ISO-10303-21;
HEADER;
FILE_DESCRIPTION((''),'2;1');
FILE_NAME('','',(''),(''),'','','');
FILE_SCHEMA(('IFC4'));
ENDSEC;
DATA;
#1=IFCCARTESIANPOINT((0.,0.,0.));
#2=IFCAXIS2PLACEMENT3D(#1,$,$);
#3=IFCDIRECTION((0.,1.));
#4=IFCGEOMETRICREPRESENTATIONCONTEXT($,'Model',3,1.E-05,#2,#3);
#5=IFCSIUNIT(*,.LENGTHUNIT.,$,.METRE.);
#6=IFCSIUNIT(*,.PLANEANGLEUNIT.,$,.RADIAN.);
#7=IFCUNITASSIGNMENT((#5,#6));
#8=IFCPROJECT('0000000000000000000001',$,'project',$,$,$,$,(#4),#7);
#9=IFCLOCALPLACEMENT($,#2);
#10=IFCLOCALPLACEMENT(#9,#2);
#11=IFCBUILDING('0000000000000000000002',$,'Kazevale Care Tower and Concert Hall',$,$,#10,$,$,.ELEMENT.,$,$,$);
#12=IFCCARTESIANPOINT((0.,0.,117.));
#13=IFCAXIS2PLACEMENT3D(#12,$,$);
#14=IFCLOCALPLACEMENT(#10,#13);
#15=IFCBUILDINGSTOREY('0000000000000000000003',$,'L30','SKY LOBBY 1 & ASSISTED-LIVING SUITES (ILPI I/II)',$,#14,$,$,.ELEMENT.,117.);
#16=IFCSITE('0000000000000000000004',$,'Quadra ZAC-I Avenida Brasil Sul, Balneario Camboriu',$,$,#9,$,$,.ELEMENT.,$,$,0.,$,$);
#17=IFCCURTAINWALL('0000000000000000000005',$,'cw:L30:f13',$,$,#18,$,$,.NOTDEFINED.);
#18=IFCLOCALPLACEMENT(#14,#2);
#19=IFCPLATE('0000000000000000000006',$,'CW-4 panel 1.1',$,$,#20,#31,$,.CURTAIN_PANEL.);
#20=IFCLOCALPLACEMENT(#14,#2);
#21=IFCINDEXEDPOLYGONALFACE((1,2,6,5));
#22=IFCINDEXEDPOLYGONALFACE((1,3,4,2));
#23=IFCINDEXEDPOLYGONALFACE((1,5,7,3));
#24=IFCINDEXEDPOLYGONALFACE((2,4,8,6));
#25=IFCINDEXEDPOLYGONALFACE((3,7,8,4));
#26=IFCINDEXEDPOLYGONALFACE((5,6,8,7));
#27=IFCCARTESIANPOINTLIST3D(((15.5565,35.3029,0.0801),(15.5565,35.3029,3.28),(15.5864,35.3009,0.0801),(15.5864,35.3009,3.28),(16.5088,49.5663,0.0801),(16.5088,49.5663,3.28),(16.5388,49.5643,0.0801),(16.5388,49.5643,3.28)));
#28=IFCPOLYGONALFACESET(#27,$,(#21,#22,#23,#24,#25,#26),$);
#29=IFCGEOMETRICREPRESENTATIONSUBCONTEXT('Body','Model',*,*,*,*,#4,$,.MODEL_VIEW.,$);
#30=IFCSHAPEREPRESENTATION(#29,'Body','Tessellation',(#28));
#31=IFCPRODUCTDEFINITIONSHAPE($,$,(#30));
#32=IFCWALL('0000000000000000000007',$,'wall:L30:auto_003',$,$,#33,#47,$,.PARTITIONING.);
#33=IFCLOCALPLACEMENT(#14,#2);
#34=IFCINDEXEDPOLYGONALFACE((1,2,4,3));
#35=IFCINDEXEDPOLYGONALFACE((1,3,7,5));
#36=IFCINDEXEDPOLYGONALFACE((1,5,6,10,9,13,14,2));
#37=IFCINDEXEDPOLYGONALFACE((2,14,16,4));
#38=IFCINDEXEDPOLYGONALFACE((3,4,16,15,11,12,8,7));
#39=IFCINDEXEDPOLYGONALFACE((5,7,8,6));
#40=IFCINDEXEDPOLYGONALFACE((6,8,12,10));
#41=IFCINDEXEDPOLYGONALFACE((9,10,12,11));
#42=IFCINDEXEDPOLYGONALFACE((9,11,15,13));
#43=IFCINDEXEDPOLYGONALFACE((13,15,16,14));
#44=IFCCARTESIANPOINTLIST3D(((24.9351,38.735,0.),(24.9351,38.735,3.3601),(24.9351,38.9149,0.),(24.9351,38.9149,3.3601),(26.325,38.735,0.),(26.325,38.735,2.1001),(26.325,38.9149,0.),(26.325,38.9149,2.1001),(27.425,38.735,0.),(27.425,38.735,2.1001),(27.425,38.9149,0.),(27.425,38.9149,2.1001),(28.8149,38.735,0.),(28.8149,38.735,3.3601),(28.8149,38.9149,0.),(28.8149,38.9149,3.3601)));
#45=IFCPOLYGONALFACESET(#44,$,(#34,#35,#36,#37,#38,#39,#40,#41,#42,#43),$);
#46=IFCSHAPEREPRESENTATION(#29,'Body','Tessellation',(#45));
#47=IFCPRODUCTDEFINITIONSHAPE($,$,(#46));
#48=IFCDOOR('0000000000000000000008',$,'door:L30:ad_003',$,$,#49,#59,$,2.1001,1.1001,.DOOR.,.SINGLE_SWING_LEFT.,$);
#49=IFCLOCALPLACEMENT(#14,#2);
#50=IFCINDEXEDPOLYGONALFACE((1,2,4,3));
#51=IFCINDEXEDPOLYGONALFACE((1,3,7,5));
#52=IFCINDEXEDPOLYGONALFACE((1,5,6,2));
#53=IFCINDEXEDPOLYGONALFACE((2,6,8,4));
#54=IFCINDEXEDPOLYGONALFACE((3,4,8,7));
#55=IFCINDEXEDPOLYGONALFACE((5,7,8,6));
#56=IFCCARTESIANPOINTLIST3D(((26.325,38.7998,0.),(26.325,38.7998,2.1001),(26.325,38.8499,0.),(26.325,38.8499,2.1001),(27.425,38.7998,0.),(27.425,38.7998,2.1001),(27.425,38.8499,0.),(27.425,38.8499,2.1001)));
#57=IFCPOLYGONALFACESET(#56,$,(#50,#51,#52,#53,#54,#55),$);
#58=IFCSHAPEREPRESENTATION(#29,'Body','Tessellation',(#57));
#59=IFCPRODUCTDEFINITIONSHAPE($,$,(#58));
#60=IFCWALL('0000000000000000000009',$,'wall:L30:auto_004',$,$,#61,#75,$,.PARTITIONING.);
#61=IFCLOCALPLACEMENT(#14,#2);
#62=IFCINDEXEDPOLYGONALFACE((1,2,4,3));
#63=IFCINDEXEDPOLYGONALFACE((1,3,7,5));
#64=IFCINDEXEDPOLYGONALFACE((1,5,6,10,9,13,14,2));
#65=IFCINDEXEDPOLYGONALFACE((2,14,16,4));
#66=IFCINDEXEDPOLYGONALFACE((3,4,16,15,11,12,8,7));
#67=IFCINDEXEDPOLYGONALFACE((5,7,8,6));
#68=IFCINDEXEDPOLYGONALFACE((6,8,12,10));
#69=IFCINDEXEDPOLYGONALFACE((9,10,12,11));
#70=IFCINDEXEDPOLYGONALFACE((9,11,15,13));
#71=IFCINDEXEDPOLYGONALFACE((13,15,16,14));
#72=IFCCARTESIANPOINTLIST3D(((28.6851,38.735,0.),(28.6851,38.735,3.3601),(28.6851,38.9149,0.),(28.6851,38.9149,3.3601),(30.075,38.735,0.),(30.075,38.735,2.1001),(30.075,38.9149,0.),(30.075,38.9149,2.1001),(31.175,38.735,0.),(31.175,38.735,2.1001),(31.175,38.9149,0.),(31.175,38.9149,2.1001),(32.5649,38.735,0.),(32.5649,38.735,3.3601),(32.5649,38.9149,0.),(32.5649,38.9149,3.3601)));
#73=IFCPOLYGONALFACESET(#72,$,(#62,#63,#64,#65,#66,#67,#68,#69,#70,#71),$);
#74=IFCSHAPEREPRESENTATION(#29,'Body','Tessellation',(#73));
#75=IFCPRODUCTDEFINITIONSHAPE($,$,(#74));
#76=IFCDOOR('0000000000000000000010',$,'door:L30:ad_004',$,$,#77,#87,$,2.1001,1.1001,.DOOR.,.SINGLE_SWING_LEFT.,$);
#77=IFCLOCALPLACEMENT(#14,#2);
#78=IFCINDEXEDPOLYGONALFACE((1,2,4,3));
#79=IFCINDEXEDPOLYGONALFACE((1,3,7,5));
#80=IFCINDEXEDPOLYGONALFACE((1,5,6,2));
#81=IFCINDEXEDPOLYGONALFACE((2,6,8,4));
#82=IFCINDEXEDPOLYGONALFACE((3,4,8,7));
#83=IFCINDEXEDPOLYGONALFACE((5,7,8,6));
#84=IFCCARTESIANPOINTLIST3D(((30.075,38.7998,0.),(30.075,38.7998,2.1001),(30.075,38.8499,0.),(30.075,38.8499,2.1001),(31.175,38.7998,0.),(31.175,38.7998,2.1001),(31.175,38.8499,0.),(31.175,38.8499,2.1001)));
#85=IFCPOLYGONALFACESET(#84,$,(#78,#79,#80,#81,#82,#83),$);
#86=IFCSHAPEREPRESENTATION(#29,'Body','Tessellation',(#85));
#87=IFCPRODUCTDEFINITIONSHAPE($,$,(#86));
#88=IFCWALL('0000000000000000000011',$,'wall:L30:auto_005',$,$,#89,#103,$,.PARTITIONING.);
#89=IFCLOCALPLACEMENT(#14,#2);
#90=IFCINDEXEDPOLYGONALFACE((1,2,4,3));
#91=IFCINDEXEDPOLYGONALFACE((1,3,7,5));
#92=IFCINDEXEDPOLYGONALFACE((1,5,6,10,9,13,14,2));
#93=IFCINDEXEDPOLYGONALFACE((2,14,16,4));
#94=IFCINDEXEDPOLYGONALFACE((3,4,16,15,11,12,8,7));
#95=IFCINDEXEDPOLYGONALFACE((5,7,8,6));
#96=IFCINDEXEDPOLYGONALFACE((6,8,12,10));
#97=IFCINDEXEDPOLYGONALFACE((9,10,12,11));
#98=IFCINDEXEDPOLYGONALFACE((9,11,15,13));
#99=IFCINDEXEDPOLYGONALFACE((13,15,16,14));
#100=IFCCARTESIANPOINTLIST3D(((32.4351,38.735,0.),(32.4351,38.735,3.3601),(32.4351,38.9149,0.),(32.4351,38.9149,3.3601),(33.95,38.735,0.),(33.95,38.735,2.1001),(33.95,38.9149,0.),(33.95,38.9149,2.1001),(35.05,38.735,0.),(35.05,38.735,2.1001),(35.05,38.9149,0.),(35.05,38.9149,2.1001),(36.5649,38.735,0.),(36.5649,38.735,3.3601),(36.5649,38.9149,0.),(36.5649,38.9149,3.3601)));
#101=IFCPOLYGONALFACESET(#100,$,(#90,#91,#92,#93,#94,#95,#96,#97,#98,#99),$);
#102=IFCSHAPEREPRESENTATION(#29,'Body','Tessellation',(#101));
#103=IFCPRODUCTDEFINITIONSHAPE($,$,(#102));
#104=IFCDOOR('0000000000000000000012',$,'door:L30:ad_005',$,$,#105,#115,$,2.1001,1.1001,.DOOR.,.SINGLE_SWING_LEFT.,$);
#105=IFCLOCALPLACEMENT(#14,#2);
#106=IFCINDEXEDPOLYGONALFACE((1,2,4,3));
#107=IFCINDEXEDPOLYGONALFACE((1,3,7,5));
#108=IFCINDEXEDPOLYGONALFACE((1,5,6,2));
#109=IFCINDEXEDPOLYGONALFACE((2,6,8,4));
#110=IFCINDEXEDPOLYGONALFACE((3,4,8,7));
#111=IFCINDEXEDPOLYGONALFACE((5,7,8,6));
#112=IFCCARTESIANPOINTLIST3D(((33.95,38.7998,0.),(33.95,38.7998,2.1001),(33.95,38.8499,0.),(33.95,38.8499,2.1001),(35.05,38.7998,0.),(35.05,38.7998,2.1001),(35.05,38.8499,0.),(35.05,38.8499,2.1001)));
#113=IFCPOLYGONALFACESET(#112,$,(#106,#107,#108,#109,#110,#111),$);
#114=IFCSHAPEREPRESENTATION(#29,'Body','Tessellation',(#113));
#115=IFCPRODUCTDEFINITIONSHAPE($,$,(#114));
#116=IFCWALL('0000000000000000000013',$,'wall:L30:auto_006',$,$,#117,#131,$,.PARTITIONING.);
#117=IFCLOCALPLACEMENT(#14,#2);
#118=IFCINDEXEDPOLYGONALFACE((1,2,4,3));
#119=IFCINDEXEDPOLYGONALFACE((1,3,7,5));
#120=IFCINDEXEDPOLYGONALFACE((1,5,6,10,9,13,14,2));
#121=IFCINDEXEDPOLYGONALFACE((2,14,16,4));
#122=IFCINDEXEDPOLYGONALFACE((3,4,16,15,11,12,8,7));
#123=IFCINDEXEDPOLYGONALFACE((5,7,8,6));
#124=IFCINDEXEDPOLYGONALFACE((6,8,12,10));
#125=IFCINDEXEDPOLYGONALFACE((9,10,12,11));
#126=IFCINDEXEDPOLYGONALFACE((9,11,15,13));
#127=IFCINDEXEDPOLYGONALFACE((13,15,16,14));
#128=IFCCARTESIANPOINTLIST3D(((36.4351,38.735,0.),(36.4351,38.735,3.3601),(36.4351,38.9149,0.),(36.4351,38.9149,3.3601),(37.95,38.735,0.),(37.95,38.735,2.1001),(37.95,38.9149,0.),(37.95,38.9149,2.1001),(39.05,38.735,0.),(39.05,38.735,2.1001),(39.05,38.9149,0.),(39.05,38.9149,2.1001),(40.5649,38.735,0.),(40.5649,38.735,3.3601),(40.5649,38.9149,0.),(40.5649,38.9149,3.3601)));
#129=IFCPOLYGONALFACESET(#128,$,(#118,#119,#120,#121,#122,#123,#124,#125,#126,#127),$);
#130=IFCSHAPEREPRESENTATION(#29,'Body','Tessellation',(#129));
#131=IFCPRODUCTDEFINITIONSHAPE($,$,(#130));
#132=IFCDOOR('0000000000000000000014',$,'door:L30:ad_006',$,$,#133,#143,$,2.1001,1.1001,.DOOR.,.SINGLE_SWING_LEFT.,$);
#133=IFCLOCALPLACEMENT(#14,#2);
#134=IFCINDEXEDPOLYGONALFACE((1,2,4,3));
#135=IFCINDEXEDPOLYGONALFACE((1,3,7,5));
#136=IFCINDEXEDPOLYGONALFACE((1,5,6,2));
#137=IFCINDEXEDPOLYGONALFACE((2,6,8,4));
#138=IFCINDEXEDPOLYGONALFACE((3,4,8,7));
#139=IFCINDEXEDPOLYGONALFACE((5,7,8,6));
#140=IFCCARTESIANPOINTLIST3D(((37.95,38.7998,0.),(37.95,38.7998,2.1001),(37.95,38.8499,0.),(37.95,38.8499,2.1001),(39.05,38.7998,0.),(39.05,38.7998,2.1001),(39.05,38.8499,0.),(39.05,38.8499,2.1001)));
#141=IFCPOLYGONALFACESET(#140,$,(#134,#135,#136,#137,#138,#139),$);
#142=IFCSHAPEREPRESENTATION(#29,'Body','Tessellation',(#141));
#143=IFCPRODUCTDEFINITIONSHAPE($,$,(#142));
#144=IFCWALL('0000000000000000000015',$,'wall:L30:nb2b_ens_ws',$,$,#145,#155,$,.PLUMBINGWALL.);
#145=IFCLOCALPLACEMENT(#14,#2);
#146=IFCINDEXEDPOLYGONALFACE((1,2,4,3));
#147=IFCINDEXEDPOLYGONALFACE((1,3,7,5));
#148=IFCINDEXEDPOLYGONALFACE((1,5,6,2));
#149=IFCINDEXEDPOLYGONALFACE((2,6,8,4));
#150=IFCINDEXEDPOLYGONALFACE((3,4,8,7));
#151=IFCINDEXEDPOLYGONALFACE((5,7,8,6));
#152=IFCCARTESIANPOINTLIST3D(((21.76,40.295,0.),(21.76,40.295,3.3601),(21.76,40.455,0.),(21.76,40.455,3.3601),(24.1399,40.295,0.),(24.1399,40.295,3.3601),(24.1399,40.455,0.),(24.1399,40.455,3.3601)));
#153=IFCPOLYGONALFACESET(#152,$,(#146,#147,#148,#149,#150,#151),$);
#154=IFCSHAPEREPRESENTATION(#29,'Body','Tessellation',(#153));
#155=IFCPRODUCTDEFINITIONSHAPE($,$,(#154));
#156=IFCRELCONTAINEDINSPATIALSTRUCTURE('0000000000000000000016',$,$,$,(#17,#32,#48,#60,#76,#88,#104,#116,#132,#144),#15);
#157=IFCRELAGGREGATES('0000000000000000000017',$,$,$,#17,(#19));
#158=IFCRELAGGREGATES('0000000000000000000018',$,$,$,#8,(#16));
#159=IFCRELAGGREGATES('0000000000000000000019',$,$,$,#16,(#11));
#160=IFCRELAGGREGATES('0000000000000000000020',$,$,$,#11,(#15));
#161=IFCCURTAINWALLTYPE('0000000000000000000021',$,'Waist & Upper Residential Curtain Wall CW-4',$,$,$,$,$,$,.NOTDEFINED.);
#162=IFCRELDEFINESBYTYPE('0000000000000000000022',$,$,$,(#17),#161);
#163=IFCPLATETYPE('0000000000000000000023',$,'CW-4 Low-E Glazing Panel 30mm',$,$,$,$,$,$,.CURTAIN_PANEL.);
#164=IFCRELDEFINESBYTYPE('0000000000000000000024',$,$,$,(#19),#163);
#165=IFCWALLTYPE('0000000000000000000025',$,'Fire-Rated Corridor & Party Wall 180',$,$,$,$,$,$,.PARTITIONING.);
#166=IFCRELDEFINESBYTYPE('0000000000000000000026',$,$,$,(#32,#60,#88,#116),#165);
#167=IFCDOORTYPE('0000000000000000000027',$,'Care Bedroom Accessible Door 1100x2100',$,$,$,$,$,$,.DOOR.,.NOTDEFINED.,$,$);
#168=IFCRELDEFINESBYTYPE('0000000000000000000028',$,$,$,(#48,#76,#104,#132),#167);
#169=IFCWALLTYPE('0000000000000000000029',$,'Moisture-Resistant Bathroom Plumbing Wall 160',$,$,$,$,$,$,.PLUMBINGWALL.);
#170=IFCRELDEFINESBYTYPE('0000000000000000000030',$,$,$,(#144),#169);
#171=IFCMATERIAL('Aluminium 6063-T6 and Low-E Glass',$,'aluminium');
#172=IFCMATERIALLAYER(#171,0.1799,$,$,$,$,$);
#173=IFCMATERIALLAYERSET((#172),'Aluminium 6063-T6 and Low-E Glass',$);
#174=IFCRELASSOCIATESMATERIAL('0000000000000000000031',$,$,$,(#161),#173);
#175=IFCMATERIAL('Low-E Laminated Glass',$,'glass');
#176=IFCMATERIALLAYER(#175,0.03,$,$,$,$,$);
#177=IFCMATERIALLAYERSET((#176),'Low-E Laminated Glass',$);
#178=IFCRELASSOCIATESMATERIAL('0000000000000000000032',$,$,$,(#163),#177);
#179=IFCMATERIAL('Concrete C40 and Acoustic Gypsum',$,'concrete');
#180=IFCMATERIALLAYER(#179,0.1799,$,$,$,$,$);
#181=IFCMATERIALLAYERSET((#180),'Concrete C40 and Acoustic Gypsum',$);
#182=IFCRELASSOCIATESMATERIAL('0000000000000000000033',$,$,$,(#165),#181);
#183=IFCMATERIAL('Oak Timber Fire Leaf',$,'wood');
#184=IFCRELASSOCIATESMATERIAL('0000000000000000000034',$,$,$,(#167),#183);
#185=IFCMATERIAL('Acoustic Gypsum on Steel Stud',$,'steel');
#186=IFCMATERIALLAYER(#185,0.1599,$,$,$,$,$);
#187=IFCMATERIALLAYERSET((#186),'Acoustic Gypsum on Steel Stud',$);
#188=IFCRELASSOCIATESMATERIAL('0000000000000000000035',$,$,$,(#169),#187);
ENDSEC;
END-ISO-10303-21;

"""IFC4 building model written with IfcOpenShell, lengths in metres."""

from ifc_helpers import new_model, si_unit, direction, frame, frame_2d, origin, origin_2d, place, context, subcontext, project, spatial, rectangle, extrude, material, layer, layer_set, type_object, element, fill, aggregate, save


model = new_model("IFC4")

# Units and contexts
model_context = context("Model", 3, precision=1e-05, world=origin(), true_north=direction((0.0, 1.0)))
body_context = subcontext(model_context, "Body", "Model", "MODEL_VIEW")
ifc_project = project(units=[si_unit("LENGTHUNIT", "METRE"), si_unit("PLANEANGLEUNIT", "RADIAN")], contexts=[model_context])

# Site, building, storey
site_placement = place(None, origin())
site = spatial("IfcSite", under=ifc_project, at=site_placement, Name="Quadra ZAC-I Avenida Brasil Sul, Balneario Camboriu", CompositionType="ELEMENT", RefElevation=0.0)
building_placement = place(site_placement, origin())
building = spatial("IfcBuilding", under=site, at=building_placement, Name="Kazevale Care Tower and Concert Hall", CompositionType="ELEMENT")
storey_placement = place(building_placement, frame((0.0, 0.0, 117.0)))
storey = spatial("IfcBuildingStorey", under=building, at=storey_placement, Name="L30", Description="SKY LOBBY 1 & ASSISTED-LIVING SUITES (ILPI I/II)", CompositionType="ELEMENT", Elevation=117.0)

# Shared definitions
ifc_material_1 = material(Name="Aluminium 6063-T6 and Low-E Glass", Category="aluminium")

# Curtain wall
ifc_layer_1 = layer(ifc_material_1, 0.1799)
ifc_layer_set_1 = layer_set([ifc_layer_1], Name="Aluminium 6063-T6 and Low-E Glass")
curtain_wall_type_1 = type_object("IfcCurtainWallType", Name="Waist & Upper Residential Curtain Wall CW-4", PredefinedType="NOTDEFINED", material=ifc_layer_set_1)
curtain_wall_1_placement = place(storey_placement, origin())
curtain_wall_1 = element("IfcCurtainWall", 1, at=curtain_wall_1_placement, inside=storey, type_object=curtain_wall_type_1, Name="cw:L30:f13", PredefinedType="NOTDEFINED")

# Plate
ifc_material_2 = material(Name="Low-E Laminated Glass", Category="glass")
ifc_layer_2 = layer(ifc_material_2, 0.03)
ifc_layer_set_2 = layer_set([ifc_layer_2], Name="Low-E Laminated Glass")
plate_type = type_object("IfcPlateType", Name="CW-4 Low-E Glazing Panel 30mm", PredefinedType="CURTAIN_PANEL", material=ifc_layer_set_2)
plate_placement = place(storey_placement, frame((16.0476, 42.4336, 0.0801), z_axis=(0.0, 0.0, 1.0), x_axis=(0.06662, 0.997778, 0.0)))
plate = element("IfcPlate", 2, at=plate_placement, type_object=plate_type, Name="CW-4 panel 1.1", PredefinedType="CURTAIN_PANEL", context=body_context, shape_type="SweptSolid", body=[
    extrude(rectangle(XDim=14.2952, YDim=0.03, at=origin_2d()), origin(), (0.0, 0.0, 1.0), 3.2),
])
aggregate(curtain_wall_1, [plate])

# Walls, openings, doors
ifc_material_3 = material(Name="Concrete C40 and Acoustic Gypsum", Category="concrete")
ifc_layer_3 = layer(ifc_material_3, 0.1799)
ifc_layer_set_3 = layer_set([ifc_layer_3], Name="Concrete C40 and Acoustic Gypsum")
wall_type_1 = type_object("IfcWallType", Name="Fire-Rated Corridor & Party Wall 180", PredefinedType="PARTITIONING", material=ifc_layer_set_3)
wall_1_placement = place(storey_placement, frame((24.9351, 38.825, 0.0), z_axis=(0.0, 0.0, 1.0), x_axis=(1.0, 0.0, 0.0)))
wall_1 = element("IfcWall", 3, at=wall_1_placement, inside=storey, type_object=wall_type_1, Name="wall:L30:auto_003", PredefinedType="PARTITIONING", context=body_context, shape_type="SweptSolid", body=[
    extrude(rectangle(XDim=3.8799, YDim=0.1799, at=frame_2d((1.9399, 0.0))), origin(), (0.0, 0.0, 1.0), 3.3601),
])
opening_1_placement = place(wall_1_placement, frame((1.3899, 0.0, 0.0)))
opening_1 = element("IfcOpeningElement", 4, at=opening_1_placement, cuts=wall_1, PredefinedType="OPENING", context=body_context, shape_type="SweptSolid", body=[
    extrude(rectangle(XDim=1.1001, YDim=2.1001, at=frame_2d((0.55, 1.05))), frame((0.0, 0.0999, 0.0), z_axis=(0.0, -1.0, 0.0), x_axis=(1.0, 0.0, 0.0)), (0.0, 0.0, 1.0), 0.2),
])
ifc_material_4 = material(Name="Oak Timber Fire Leaf", Category="wood")
door_type_1 = type_object("IfcDoorType", Name="Care Bedroom Accessible Door 1100x2100", OperationType="NOTDEFINED", PredefinedType="DOOR", material=ifc_material_4)
door_1_placement = place(opening_1_placement, origin())
door_1 = element("IfcDoor", 5, at=door_1_placement, inside=storey, type_object=door_type_1, Name="door:L30:ad_003", OperationType="SINGLE_SWING_LEFT", OverallHeight=2.1001, OverallWidth=1.1001, PredefinedType="DOOR", context=body_context, shape_type="SweptSolid", body=[
    extrude(rectangle(XDim=1.1001, YDim=2.1001, at=frame_2d((0.55, 1.05))), frame((0.0, 0.0249, 0.0), z_axis=(0.0, -1.0, 0.0), x_axis=(1.0, 0.0, 0.0)), (0.0, 0.0, 1.0), 0.05),
])
fill(opening_1, door_1)
wall_2_placement = place(storey_placement, frame((28.6851, 38.825, 0.0), z_axis=(0.0, 0.0, 1.0), x_axis=(1.0, 0.0, 0.0)))
wall_2 = element("IfcWall", 6, at=wall_2_placement, inside=storey, type_object=wall_type_1, Name="wall:L30:auto_004", PredefinedType="PARTITIONING", context=body_context, shape_type="SweptSolid", body=[
    extrude(rectangle(XDim=3.8799, YDim=0.1799, at=frame_2d((1.9399, 0.0))), origin(), (0.0, 0.0, 1.0), 3.3601),
])
opening_2_placement = place(wall_2_placement, frame((1.3899, 0.0, 0.0)))
opening_2 = element("IfcOpeningElement", 7, at=opening_2_placement, cuts=wall_2, PredefinedType="OPENING", context=body_context, shape_type="SweptSolid", body=[
    extrude(rectangle(XDim=1.1001, YDim=2.1001, at=frame_2d((0.55, 1.05))), frame((0.0, 0.0999, 0.0), z_axis=(0.0, -1.0, 0.0), x_axis=(1.0, 0.0, 0.0)), (0.0, 0.0, 1.0), 0.2),
])
door_2_placement = place(opening_2_placement, origin())
door_2 = element("IfcDoor", 8, at=door_2_placement, inside=storey, type_object=door_type_1, Name="door:L30:ad_004", OperationType="SINGLE_SWING_LEFT", OverallHeight=2.1001, OverallWidth=1.1001, PredefinedType="DOOR", context=body_context, shape_type="SweptSolid", body=[
    extrude(rectangle(XDim=1.1001, YDim=2.1001, at=frame_2d((0.55, 1.05))), frame((0.0, 0.0249, 0.0), z_axis=(0.0, -1.0, 0.0), x_axis=(1.0, 0.0, 0.0)), (0.0, 0.0, 1.0), 0.05),
])
fill(opening_2, door_2)
wall_3_placement = place(storey_placement, frame((32.4351, 38.825, 0.0), z_axis=(0.0, 0.0, 1.0), x_axis=(1.0, 0.0, 0.0)))
wall_3 = element("IfcWall", 9, at=wall_3_placement, inside=storey, type_object=wall_type_1, Name="wall:L30:auto_005", PredefinedType="PARTITIONING", context=body_context, shape_type="SweptSolid", body=[
    extrude(rectangle(XDim=4.1299, YDim=0.1799, at=frame_2d((2.0649, 0.0))), origin(), (0.0, 0.0, 1.0), 3.3601),
])
opening_3_placement = place(wall_3_placement, frame((1.5149, 0.0, 0.0)))
opening_3 = element("IfcOpeningElement", 10, at=opening_3_placement, cuts=wall_3, PredefinedType="OPENING", context=body_context, shape_type="SweptSolid", body=[
    extrude(rectangle(XDim=1.1001, YDim=2.1001, at=frame_2d((0.55, 1.05))), frame((0.0, 0.0999, 0.0), z_axis=(0.0, -1.0, 0.0), x_axis=(1.0, 0.0, 0.0)), (0.0, 0.0, 1.0), 0.2),
])
door_3_placement = place(opening_3_placement, origin())
door_3 = element("IfcDoor", 11, at=door_3_placement, inside=storey, type_object=door_type_1, Name="door:L30:ad_005", OperationType="SINGLE_SWING_LEFT", OverallHeight=2.1001, OverallWidth=1.1001, PredefinedType="DOOR", context=body_context, shape_type="SweptSolid", body=[
    extrude(rectangle(XDim=1.1001, YDim=2.1001, at=frame_2d((0.55, 1.05))), frame((0.0, 0.0249, 0.0), z_axis=(0.0, -1.0, 0.0), x_axis=(1.0, 0.0, 0.0)), (0.0, 0.0, 1.0), 0.05),
])
fill(opening_3, door_3)
wall_4_placement = place(storey_placement, frame((36.4351, 38.825, 0.0), z_axis=(0.0, 0.0, 1.0), x_axis=(1.0, 0.0, 0.0)))
wall_4 = element("IfcWall", 12, at=wall_4_placement, inside=storey, type_object=wall_type_1, Name="wall:L30:auto_006", PredefinedType="PARTITIONING", context=body_context, shape_type="SweptSolid", body=[
    extrude(rectangle(XDim=4.1299, YDim=0.1799, at=frame_2d((2.0649, 0.0))), origin(), (0.0, 0.0, 1.0), 3.3601),
])
opening_4_placement = place(wall_4_placement, frame((1.5149, 0.0, 0.0)))
opening_4 = element("IfcOpeningElement", 13, at=opening_4_placement, cuts=wall_4, PredefinedType="OPENING", context=body_context, shape_type="SweptSolid", body=[
    extrude(rectangle(XDim=1.1001, YDim=2.1001, at=frame_2d((0.55, 1.05))), frame((0.0, 0.0999, 0.0), z_axis=(0.0, -1.0, 0.0), x_axis=(1.0, 0.0, 0.0)), (0.0, 0.0, 1.0), 0.2),
])
door_4_placement = place(opening_4_placement, origin())
door_4 = element("IfcDoor", 14, at=door_4_placement, inside=storey, type_object=door_type_1, Name="door:L30:ad_006", OperationType="SINGLE_SWING_LEFT", OverallHeight=2.1001, OverallWidth=1.1001, PredefinedType="DOOR", context=body_context, shape_type="SweptSolid", body=[
    extrude(rectangle(XDim=1.1001, YDim=2.1001, at=frame_2d((0.55, 1.05))), frame((0.0, 0.0249, 0.0), z_axis=(0.0, -1.0, 0.0), x_axis=(1.0, 0.0, 0.0)), (0.0, 0.0, 1.0), 0.05),
])
fill(opening_4, door_4)

# Wall
ifc_material_5 = material(Name="Acoustic Gypsum on Steel Stud", Category="steel")
ifc_layer_4 = layer(ifc_material_5, 0.1599)
ifc_layer_set_4 = layer_set([ifc_layer_4], Name="Acoustic Gypsum on Steel Stud")
wall_type_2 = type_object("IfcWallType", Name="Moisture-Resistant Bathroom Plumbing Wall 160", PredefinedType="PLUMBINGWALL", material=ifc_layer_set_4)
wall_5_placement = place(storey_placement, frame((21.76, 40.375, 0.0), z_axis=(0.0, 0.0, 1.0), x_axis=(1.0, 0.0, 0.0)))
element("IfcWall", 15, at=wall_5_placement, inside=storey, type_object=wall_type_2, Name="wall:L30:nb2b_ens_ws", PredefinedType="PLUMBINGWALL", context=body_context, shape_type="SweptSolid", body=[
    extrude(rectangle(XDim=2.3799, YDim=0.1599, at=frame_2d((1.1899, 0.0))), origin(), (0.0, 0.0, 1.0), 3.3601),
])

save(model, "model.ifc")
